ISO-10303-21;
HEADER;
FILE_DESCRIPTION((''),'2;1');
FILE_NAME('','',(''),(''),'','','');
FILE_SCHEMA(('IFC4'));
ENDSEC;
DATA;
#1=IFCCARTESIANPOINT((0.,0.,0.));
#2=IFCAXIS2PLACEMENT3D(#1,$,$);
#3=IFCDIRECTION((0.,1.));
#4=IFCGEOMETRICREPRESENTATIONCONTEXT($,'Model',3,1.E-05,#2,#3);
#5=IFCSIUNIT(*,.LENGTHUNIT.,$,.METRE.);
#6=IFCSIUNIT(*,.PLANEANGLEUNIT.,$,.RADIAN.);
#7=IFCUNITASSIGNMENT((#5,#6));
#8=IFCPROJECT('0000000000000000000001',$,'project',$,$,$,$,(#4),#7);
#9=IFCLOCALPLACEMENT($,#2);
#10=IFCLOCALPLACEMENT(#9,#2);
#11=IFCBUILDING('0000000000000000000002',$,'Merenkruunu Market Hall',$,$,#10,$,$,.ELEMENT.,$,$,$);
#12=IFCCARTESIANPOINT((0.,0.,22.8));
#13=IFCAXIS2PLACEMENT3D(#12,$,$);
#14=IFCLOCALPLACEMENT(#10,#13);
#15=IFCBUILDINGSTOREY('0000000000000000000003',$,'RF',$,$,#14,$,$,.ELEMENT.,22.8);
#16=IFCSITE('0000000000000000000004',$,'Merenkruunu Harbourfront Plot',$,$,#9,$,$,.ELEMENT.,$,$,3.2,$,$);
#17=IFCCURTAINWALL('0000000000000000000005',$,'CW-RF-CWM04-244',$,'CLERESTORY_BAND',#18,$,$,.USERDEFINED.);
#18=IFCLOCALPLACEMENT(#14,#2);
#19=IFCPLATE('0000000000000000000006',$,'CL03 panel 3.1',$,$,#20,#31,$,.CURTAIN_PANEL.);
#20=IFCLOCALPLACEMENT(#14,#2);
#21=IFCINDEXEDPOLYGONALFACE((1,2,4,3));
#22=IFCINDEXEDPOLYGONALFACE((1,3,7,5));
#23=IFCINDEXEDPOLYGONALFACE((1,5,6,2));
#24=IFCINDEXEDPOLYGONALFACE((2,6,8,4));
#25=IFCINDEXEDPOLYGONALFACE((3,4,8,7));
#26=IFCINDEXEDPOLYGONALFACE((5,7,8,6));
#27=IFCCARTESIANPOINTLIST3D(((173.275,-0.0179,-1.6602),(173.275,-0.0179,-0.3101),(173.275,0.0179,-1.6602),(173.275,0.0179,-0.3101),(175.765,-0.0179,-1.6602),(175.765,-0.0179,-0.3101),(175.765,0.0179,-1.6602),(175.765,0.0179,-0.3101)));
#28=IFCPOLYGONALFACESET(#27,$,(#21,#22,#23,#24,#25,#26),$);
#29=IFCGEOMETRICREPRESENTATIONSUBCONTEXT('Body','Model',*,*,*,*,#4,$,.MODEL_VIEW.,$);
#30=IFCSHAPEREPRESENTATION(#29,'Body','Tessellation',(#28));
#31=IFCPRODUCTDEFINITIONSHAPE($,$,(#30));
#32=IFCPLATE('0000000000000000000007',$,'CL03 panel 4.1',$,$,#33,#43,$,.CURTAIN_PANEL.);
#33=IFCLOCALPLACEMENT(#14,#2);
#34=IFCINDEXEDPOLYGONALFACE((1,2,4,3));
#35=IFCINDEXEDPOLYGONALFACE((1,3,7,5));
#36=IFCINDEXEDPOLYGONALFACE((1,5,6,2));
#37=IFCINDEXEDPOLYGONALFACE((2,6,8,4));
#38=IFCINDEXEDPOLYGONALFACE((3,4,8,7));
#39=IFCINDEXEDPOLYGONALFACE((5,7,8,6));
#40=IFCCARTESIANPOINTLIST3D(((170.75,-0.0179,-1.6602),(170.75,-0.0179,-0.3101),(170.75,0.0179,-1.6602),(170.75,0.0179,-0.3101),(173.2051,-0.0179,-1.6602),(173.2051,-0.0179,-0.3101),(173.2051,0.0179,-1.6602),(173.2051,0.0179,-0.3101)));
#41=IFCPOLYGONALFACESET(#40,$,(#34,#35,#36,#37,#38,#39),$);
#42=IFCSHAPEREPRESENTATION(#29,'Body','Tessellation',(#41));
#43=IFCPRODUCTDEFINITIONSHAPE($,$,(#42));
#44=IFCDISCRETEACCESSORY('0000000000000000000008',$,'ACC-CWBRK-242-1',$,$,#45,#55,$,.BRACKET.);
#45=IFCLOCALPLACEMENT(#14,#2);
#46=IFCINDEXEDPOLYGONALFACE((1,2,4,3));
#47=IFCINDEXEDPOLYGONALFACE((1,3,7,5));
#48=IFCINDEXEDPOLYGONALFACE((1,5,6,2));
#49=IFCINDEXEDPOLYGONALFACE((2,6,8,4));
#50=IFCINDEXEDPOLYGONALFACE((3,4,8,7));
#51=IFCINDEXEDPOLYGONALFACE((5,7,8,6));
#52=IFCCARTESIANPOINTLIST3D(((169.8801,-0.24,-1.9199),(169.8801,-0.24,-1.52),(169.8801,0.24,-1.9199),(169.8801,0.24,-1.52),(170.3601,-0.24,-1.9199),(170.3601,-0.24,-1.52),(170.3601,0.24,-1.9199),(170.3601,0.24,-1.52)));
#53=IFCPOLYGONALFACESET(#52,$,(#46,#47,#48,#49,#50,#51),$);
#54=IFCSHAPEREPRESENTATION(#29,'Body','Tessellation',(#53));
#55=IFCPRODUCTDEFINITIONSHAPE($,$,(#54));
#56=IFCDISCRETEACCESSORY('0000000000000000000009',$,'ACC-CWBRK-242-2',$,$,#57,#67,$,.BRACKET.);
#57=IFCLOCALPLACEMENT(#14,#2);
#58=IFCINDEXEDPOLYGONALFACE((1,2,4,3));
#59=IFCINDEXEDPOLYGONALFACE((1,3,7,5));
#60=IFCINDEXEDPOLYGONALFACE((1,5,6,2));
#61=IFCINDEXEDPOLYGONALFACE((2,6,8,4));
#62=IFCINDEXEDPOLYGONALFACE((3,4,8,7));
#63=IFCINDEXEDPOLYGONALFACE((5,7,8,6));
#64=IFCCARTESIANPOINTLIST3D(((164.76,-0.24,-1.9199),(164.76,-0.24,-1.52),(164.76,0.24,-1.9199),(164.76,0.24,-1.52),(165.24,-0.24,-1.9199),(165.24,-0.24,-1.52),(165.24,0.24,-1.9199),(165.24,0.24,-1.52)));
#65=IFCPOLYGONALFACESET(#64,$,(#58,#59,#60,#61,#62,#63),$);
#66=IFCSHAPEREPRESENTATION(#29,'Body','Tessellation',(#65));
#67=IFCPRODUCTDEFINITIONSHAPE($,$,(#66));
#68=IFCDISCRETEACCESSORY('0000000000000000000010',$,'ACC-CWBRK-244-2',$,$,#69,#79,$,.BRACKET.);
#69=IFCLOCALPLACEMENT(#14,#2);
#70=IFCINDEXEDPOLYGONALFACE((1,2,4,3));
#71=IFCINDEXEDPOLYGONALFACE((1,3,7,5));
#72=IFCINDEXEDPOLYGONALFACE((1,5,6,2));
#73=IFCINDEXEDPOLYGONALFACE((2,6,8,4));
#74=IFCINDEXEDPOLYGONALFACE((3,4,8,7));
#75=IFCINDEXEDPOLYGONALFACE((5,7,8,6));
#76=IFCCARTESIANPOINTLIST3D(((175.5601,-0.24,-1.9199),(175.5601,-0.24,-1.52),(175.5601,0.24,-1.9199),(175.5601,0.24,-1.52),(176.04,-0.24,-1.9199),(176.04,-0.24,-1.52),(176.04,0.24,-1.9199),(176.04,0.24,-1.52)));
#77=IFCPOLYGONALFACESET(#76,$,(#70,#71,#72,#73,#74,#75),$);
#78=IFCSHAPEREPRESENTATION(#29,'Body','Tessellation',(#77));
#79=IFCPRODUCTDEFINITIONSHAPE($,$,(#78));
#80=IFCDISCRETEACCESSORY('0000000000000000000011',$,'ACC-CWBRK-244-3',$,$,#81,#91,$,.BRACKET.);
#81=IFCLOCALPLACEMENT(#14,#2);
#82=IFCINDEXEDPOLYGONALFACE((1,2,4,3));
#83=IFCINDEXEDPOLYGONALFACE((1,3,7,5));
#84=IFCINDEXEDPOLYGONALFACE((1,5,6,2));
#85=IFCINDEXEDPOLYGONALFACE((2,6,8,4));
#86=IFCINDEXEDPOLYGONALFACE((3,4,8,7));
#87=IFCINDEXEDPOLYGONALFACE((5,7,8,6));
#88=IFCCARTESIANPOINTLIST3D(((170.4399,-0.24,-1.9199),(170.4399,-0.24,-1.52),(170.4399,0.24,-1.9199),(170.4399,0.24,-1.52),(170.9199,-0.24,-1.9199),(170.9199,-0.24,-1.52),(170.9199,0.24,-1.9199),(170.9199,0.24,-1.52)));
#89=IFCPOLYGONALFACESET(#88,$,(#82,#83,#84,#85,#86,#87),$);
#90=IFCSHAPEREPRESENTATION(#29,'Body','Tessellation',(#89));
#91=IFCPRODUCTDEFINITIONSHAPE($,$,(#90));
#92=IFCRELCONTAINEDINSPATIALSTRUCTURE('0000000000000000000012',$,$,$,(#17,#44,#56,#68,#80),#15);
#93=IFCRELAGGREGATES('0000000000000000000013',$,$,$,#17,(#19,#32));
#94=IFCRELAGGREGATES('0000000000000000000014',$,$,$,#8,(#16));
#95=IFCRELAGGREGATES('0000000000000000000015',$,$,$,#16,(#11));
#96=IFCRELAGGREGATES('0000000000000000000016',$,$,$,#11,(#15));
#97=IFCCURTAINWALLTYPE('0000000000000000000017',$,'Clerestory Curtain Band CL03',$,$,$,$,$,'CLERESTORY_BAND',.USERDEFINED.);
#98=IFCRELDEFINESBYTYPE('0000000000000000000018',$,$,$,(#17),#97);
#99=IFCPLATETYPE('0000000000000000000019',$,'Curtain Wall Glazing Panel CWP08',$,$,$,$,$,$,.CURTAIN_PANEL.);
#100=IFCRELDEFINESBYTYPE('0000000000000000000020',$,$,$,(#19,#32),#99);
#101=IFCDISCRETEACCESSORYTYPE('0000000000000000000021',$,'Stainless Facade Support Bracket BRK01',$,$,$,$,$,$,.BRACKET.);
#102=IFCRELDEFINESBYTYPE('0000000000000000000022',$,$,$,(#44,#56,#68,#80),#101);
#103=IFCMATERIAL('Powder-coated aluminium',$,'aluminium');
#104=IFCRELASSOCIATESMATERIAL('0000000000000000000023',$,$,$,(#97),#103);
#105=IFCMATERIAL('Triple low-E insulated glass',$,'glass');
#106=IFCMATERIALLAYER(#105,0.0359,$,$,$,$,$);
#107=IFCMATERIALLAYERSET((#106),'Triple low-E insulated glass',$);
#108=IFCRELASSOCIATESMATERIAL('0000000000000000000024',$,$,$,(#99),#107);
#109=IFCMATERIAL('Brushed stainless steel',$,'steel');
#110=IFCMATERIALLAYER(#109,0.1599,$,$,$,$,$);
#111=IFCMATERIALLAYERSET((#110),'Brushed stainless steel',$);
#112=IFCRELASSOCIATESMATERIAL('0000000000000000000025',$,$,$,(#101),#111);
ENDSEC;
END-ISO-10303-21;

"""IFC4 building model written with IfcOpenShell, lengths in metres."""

from ifc_helpers import new_model, si_unit, direction, frame, origin, origin_2d, place, context, subcontext, project, spatial, rectangle, extrude, material, layer, layer_set, type_object, element, aggregate, save


model = new_model("IFC4")

# Units and contexts
model_context = context("Model", 3, precision=1e-05, world=origin(), true_north=direction((0.0, 1.0)))
body_context = subcontext(model_context, "Body", "Model", "MODEL_VIEW")
ifc_project = project(units=[si_unit("LENGTHUNIT", "METRE"), si_unit("PLANEANGLEUNIT", "RADIAN")], contexts=[model_context])

# Site, building, storey
site_placement = place(None, origin())
site = spatial("IfcSite", under=ifc_project, at=site_placement, Name="Merenkruunu Harbourfront Plot", CompositionType="ELEMENT", RefElevation=3.2)
building_placement = place(site_placement, origin())
building = spatial("IfcBuilding", under=site, at=building_placement, Name="Merenkruunu Market Hall", CompositionType="ELEMENT")
storey_placement = place(building_placement, frame((0.0, 0.0, 22.8)))
storey = spatial("IfcBuildingStorey", under=building, at=storey_placement, Name="RF", CompositionType="ELEMENT", Elevation=22.8)

# Curtain wall
ifc_material_1 = material(Name="Powder-coated aluminium", Category="aluminium")
curtain_wall_type = type_object("IfcCurtainWallType", Name="Clerestory Curtain Band CL03", ElementType="CLERESTORY_BAND", PredefinedType="USERDEFINED", material=ifc_material_1)
curtain_wall_1_placement = place(storey_placement, origin())
curtain_wall_1 = element("IfcCurtainWall", 1, at=curtain_wall_1_placement, inside=storey, type_object=curtain_wall_type, Name="CW-RF-CWM04-244", ObjectType="CLERESTORY_BAND", PredefinedType="USERDEFINED")

# Plates
ifc_material_2 = material(Name="Triple low-E insulated glass", Category="glass")
ifc_layer_1 = layer(ifc_material_2, 0.0359)
ifc_layer_set_1 = layer_set([ifc_layer_1], Name="Triple low-E insulated glass")
plate_type = type_object("IfcPlateType", Name="Curtain Wall Glazing Panel CWP08", PredefinedType="CURTAIN_PANEL", material=ifc_layer_set_1)
plate_1_placement = place(storey_placement, frame((174.52, 0.0, -1.6602), z_axis=(0.0, 0.0, 1.0), x_axis=(-1.0, 0.0, 0.0)))
plate_1 = element("IfcPlate", 2, at=plate_1_placement, type_object=plate_type, Name="CL03 panel 3.1", PredefinedType="CURTAIN_PANEL", context=body_context, shape_type="SweptSolid", body=[
    extrude(rectangle(XDim=2.49, YDim=0.0359, at=origin_2d()), origin(), (0.0, 0.0, 1.0), 1.3501),
])
plate_2_placement = place(storey_placement, frame((171.9775, 0.0, -1.6602), z_axis=(0.0, 0.0, 1.0), x_axis=(-1.0, 0.0, 0.0)))
plate_2 = element("IfcPlate", 3, at=plate_2_placement, type_object=plate_type, Name="CL03 panel 4.1", PredefinedType="CURTAIN_PANEL", context=body_context, shape_type="SweptSolid", body=[
    extrude(rectangle(XDim=2.4551, YDim=0.0359, at=origin_2d()), origin(), (0.0, 0.0, 1.0), 1.3501),
])
aggregate(curtain_wall_1, [plate_1, plate_2])

# Discrete accessories
ifc_material_3 = material(Name="Brushed stainless steel", Category="steel")
ifc_layer_2 = layer(ifc_material_3, 0.1599)
ifc_layer_set_2 = layer_set([ifc_layer_2], Name="Brushed stainless steel")
discrete_accessory_type = type_object("IfcDiscreteAccessoryType", Name="Stainless Facade Support Bracket BRK01", PredefinedType="BRACKET", material=ifc_layer_set_2)
for number, where, z_axis, x_axis, name in (
    (4, (170.1201, 0.0, -1.9199), (0.0, 0.0, 1.0), (1.0, 0.0, 0.0), "ACC-CWBRK-242-1"),
    (5, (165.0, 0.0, -1.9199), (0.0, 0.0, 1.0), (1.0, 0.0, 0.0), "ACC-CWBRK-242-2"),
    (6, (175.8, 0.0, -1.9199), (0.0, 0.0, 1.0), (1.0, 0.0, 0.0), "ACC-CWBRK-244-2"),
    (7, (170.6799, 0.0, -1.9199), (0.0, 0.0, 1.0), (1.0, 0.0, 0.0), "ACC-CWBRK-244-3"),
):
    element("IfcDiscreteAccessory", number, at=place(storey_placement, frame(where, z_axis=z_axis, x_axis=x_axis)), inside=storey, type_object=discrete_accessory_type, Name=name, PredefinedType="BRACKET", context=body_context, shape_type="SweptSolid", body=[
        extrude(rectangle(XDim=0.48, YDim=0.48, at=origin_2d()), origin(), (0.0, 0.0, 1.0), 0.3999),
    ])

save(model, "model.ifc")
